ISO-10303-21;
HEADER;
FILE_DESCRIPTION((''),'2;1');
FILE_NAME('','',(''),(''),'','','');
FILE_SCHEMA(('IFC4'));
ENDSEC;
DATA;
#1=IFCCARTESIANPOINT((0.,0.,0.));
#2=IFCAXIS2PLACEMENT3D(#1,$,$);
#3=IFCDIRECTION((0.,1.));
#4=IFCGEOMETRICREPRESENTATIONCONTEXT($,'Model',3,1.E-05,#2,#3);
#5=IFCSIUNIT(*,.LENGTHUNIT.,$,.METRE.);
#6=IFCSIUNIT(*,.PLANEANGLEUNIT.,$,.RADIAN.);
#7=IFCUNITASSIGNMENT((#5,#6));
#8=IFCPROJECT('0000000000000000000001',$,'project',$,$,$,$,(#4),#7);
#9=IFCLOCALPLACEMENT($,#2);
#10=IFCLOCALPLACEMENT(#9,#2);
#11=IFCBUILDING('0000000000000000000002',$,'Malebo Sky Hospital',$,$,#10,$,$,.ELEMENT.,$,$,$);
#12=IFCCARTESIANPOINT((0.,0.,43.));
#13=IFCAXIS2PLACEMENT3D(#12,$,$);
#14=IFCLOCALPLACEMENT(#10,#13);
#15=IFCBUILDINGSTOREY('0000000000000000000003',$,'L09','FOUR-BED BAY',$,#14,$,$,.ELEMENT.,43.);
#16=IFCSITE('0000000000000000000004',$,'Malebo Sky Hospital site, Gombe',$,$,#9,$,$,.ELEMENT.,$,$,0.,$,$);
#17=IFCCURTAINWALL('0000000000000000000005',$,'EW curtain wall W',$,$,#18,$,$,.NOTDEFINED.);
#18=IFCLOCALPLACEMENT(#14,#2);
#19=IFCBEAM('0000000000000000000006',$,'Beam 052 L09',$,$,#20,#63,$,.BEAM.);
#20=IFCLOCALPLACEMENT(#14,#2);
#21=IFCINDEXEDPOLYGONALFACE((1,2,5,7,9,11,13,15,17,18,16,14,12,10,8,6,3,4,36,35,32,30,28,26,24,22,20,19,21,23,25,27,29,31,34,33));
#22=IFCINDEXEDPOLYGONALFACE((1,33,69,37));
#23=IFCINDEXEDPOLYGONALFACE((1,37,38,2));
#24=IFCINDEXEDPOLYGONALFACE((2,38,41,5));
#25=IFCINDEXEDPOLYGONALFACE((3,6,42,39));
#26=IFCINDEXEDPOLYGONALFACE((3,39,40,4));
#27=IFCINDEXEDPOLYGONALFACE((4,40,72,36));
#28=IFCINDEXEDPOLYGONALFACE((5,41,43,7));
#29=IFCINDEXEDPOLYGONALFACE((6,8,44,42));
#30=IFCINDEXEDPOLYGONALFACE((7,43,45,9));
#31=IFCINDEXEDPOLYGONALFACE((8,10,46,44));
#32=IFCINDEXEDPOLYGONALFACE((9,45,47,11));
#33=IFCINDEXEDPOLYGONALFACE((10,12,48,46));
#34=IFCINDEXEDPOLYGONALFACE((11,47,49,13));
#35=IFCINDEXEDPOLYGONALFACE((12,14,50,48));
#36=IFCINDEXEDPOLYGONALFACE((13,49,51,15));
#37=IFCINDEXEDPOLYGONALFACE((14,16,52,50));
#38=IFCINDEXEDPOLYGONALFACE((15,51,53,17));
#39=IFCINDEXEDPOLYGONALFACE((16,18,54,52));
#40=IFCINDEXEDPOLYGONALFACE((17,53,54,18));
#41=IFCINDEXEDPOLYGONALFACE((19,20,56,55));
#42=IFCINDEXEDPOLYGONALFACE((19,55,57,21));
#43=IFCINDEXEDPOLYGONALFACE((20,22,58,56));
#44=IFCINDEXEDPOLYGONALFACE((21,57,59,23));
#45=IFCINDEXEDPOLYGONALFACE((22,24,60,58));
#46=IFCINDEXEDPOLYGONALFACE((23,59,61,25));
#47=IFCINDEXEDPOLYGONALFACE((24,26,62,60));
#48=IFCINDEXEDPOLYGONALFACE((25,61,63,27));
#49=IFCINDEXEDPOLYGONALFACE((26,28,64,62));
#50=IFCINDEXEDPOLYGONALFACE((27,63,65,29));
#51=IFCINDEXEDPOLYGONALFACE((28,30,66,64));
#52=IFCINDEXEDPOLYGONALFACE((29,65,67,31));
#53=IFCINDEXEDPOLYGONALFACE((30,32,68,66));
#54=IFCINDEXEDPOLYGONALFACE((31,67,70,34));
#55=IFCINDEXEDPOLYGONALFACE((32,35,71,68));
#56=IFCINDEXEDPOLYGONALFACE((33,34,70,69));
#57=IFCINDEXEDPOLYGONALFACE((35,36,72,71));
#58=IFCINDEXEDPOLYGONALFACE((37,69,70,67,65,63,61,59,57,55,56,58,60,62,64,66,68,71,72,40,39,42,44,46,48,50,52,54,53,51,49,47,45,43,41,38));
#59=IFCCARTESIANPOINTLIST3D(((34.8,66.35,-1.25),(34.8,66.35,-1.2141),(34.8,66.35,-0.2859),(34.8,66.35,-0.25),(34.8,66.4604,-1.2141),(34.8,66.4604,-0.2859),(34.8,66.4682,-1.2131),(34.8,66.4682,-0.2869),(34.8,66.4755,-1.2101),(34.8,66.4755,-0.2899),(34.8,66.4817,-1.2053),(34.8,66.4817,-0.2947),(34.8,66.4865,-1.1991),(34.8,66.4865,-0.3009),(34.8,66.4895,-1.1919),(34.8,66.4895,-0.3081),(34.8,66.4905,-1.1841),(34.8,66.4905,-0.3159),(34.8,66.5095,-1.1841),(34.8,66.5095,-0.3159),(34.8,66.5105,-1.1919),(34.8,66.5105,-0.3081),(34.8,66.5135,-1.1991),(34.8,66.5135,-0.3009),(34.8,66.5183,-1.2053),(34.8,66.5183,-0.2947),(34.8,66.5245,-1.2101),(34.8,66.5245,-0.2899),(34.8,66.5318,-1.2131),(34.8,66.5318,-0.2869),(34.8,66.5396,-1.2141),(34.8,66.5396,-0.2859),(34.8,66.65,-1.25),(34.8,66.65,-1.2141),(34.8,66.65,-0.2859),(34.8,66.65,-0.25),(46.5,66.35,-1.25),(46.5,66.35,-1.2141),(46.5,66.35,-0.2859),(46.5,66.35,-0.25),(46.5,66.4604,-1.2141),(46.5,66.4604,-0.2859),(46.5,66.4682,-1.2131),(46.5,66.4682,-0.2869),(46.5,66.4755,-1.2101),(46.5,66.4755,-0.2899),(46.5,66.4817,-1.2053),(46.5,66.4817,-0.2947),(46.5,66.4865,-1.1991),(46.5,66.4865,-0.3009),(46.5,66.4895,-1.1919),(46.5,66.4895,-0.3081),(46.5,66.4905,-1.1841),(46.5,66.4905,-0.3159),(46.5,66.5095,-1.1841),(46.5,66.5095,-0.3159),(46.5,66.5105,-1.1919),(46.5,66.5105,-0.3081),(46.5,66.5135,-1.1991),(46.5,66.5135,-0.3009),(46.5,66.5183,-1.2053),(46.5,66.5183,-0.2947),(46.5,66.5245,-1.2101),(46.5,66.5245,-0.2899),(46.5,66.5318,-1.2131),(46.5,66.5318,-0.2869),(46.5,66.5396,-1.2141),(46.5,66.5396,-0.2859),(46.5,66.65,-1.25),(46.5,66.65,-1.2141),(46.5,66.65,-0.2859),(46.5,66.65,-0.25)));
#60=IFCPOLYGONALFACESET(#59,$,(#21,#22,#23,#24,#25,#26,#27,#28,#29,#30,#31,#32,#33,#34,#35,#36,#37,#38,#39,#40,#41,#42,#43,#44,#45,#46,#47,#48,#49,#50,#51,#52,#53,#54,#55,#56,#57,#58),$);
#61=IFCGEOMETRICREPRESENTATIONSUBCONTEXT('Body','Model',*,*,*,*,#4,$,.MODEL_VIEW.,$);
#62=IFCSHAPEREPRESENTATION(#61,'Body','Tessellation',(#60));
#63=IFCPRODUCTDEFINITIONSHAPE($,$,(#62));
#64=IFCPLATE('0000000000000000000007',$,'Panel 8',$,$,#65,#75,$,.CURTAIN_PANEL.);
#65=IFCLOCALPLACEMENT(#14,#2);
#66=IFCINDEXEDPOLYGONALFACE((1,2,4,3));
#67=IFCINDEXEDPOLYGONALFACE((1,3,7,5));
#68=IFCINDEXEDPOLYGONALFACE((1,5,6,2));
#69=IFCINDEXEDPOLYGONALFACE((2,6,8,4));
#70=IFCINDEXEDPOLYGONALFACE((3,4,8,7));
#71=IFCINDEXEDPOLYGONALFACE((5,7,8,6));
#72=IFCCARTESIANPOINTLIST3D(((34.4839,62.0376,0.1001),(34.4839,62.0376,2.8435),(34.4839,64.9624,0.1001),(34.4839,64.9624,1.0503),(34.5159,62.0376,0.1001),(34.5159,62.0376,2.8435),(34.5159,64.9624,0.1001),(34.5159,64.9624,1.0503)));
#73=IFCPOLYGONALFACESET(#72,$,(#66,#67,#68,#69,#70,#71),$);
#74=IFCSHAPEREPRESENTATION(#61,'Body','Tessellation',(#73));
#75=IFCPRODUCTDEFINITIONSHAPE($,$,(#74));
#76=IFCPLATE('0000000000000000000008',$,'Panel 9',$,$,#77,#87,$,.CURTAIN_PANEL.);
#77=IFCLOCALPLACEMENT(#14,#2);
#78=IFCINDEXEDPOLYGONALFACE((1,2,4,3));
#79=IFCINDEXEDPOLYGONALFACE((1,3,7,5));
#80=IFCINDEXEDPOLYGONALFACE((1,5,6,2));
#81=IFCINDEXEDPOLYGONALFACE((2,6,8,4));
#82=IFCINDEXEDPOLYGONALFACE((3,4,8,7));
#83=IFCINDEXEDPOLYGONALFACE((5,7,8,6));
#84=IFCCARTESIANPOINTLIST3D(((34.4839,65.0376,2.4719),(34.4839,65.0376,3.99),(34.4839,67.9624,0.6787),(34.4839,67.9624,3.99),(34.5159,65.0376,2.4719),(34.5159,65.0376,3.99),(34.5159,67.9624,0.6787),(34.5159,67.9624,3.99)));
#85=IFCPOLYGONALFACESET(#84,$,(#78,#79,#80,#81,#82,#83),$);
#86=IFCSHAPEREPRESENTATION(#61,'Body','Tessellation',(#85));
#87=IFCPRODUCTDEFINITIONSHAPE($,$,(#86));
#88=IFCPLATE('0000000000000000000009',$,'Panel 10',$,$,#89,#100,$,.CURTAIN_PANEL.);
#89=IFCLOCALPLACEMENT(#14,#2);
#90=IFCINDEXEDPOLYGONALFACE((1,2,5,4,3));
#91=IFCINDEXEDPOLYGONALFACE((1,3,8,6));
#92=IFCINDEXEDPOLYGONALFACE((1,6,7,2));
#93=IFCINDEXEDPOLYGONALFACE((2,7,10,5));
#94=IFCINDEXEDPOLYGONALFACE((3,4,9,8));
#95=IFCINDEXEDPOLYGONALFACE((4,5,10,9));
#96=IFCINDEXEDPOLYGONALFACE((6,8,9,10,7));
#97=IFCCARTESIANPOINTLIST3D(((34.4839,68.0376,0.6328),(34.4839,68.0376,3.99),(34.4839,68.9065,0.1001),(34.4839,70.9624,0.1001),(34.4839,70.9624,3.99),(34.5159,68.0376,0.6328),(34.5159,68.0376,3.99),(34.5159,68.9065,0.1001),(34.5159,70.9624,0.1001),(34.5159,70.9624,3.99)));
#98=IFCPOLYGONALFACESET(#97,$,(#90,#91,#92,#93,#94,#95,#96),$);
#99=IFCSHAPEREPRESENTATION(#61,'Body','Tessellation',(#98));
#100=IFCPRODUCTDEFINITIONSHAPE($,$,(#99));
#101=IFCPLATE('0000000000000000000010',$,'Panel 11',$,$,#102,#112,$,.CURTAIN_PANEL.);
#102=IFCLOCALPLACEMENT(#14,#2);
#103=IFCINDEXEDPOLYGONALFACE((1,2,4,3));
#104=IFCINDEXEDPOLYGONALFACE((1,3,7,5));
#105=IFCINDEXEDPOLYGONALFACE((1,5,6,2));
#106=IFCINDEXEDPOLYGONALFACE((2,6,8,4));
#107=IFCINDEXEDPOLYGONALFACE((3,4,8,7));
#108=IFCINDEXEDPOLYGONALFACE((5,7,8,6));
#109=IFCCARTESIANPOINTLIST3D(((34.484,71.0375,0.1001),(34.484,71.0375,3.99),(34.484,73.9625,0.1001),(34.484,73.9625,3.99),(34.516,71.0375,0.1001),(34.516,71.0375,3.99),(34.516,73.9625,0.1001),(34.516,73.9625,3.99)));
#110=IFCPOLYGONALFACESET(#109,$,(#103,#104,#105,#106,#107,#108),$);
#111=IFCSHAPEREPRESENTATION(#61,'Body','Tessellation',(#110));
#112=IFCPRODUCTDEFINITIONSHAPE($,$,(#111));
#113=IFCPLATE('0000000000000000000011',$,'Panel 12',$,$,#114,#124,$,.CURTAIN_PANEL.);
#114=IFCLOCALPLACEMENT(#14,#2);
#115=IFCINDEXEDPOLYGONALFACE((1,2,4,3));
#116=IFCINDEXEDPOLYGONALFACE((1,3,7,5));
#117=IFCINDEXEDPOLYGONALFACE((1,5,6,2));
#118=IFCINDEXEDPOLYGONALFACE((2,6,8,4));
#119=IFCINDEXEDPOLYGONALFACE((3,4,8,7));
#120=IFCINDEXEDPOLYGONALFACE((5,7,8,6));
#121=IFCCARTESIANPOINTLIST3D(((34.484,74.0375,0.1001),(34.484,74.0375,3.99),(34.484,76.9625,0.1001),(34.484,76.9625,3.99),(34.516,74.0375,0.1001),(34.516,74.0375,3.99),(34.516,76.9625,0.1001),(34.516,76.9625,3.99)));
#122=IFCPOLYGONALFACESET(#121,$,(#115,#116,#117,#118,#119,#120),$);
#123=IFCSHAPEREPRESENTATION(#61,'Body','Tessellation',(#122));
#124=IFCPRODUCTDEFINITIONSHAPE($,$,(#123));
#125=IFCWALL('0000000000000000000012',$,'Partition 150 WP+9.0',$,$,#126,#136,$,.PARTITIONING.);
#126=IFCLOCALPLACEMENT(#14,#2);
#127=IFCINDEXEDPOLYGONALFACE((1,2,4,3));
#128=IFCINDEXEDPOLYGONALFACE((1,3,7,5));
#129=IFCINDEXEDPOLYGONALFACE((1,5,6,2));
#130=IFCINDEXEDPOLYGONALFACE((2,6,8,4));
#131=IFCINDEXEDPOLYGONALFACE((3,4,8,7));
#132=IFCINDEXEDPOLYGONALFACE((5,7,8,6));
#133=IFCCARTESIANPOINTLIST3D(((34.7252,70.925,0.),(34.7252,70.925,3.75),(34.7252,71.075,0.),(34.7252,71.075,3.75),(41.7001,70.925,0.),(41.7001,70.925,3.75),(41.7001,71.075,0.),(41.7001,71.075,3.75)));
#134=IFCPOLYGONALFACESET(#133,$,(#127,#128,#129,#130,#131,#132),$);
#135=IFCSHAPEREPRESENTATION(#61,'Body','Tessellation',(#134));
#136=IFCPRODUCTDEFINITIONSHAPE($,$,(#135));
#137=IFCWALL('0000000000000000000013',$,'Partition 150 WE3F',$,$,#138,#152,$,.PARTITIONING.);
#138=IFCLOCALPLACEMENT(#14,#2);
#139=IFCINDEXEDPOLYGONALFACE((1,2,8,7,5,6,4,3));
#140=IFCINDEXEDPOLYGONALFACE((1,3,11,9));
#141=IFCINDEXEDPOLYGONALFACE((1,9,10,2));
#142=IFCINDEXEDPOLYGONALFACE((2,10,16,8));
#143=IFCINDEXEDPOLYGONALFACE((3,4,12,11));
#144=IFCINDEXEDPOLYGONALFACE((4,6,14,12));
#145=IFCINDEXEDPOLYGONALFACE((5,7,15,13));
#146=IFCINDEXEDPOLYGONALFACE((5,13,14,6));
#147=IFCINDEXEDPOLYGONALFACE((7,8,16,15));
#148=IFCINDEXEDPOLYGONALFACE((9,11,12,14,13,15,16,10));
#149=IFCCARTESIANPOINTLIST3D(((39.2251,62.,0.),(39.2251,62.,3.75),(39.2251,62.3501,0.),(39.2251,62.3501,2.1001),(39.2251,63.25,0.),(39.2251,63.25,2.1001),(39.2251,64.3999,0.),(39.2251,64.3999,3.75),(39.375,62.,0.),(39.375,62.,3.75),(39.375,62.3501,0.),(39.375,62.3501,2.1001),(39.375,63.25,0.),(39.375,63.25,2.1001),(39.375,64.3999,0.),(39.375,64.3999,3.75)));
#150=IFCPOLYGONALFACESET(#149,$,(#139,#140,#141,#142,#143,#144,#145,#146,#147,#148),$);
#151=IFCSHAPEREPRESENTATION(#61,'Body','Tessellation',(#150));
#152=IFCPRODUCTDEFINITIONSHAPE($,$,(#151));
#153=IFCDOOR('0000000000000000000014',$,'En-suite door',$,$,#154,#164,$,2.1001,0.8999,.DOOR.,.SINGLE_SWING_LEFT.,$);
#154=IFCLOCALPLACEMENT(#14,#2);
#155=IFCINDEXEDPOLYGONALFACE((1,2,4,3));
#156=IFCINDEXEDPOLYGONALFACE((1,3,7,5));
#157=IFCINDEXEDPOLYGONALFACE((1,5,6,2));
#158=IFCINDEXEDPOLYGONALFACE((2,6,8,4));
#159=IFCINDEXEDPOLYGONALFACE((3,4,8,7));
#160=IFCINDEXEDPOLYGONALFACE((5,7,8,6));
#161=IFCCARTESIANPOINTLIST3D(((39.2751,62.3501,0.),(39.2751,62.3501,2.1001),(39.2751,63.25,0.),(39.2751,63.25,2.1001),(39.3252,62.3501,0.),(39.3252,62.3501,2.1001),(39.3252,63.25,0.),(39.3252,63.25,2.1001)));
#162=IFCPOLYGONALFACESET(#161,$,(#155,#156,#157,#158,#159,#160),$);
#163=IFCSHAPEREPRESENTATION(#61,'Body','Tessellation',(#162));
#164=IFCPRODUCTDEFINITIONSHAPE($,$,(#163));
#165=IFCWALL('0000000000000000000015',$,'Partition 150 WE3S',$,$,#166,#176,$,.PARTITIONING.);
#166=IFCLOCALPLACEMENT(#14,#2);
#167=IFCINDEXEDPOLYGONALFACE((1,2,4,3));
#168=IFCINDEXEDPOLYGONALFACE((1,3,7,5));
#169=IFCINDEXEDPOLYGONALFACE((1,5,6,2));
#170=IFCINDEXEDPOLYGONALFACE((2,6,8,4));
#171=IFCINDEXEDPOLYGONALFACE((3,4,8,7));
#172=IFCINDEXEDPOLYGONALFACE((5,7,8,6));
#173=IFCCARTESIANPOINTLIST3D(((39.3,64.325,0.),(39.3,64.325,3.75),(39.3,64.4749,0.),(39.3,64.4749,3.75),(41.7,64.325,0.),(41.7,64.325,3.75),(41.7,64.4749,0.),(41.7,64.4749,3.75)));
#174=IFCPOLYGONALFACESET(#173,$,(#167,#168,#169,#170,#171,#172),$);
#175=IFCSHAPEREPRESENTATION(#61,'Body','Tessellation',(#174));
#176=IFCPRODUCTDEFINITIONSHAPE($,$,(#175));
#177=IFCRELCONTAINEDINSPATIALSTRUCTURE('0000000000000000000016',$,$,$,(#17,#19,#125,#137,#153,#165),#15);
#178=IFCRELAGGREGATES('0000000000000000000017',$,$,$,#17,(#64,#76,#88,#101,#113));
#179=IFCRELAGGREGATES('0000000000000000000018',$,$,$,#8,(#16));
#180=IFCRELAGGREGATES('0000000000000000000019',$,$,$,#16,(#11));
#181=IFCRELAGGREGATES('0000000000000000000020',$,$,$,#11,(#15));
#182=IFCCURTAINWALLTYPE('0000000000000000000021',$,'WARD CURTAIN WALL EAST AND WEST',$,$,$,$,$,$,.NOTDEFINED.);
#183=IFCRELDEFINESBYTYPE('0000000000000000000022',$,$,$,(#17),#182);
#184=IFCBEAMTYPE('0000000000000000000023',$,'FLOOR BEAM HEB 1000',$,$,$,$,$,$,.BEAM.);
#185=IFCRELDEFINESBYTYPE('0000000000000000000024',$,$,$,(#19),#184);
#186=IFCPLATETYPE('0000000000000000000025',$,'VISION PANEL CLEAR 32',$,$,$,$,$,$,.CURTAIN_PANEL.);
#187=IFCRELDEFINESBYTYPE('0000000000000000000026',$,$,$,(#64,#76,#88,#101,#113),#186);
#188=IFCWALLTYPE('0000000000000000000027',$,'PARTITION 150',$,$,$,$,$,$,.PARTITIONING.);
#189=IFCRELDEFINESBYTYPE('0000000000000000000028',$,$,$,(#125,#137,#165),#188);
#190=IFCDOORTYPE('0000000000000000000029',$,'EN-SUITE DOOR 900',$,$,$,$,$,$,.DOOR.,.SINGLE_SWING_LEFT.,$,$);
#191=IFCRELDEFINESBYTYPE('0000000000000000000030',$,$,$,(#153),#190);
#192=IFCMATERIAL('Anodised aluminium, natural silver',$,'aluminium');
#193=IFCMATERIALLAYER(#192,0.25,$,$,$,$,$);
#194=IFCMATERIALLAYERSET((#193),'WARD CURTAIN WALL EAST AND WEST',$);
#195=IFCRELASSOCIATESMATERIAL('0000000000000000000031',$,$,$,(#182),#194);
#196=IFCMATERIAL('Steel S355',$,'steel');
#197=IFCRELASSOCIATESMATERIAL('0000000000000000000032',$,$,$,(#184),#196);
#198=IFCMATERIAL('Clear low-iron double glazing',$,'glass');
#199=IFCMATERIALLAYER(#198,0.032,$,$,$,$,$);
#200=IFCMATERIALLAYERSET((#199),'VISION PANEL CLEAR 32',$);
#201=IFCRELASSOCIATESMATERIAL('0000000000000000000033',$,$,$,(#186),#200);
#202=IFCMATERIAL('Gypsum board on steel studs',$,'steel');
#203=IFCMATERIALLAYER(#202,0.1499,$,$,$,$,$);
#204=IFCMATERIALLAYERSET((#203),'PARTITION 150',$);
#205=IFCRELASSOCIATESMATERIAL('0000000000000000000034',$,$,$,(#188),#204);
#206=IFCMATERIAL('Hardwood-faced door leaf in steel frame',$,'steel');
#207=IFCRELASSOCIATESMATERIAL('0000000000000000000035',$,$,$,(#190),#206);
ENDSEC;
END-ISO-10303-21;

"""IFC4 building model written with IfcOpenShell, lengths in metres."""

from ifc_helpers import new_model, si_unit, direction, frame, frame_2d, origin, origin_2d, place, context, subcontext, project, spatial, polyline, rectangle, i_section, outline, extrude, material, layer, layer_set, material_profile, profile_set, type_object, element, fill, aggregate, save


model = new_model("IFC4")

# Units and contexts
model_context = context("Model", 3, precision=1e-05, world=origin(), true_north=direction((0.0, 1.0)))
body_context = subcontext(model_context, "Body", "Model", "MODEL_VIEW")
ifc_project = project(units=[si_unit("LENGTHUNIT", "METRE"), si_unit("PLANEANGLEUNIT", "RADIAN")], contexts=[model_context])

# Site, building, storey
site_placement = place(None, origin())
site = spatial("IfcSite", under=ifc_project, at=site_placement, Name="Malebo Sky Hospital site, Gombe", CompositionType="ELEMENT", RefElevation=0.0)
building_placement = place(site_placement, origin())
building = spatial("IfcBuilding", under=site, at=building_placement, Name="Malebo Sky Hospital", CompositionType="ELEMENT")
storey_placement = place(building_placement, frame((0.0, 0.0, 43.0)))
storey = spatial("IfcBuildingStorey", under=building, at=storey_placement, Name="L09", Description="FOUR-BED BAY", CompositionType="ELEMENT", Elevation=43.0)

# Curtain wall
ifc_material_1 = material(Name="Anodised aluminium, natural silver", Category="aluminium")
ifc_layer_1 = layer(ifc_material_1, 0.25)
ifc_layer_set_1 = layer_set([ifc_layer_1], Name="WARD CURTAIN WALL EAST AND WEST")
curtain_wall_type = type_object("IfcCurtainWallType", Name="WARD CURTAIN WALL EAST AND WEST", PredefinedType="NOTDEFINED", material=ifc_layer_set_1)
curtain_wall_placement = place(storey_placement, origin())
curtain_wall = element("IfcCurtainWall", 1, at=curtain_wall_placement, inside=storey, type_object=curtain_wall_type, Name="EW curtain wall W", PredefinedType="NOTDEFINED")

# Shared definitions
ifc_material_2 = material(Name="Steel S355", Category="steel")

# Beam
ifc_material_profile_1 = material_profile(ifc_material_2, i_section(OverallWidth=0.3, OverallDepth=1.0, WebThickness=0.019, FlangeThickness=0.0359, FilletRadius=0.03, at=origin_2d()), Name="HEB 1000")
ifc_profile_set_1 = profile_set([ifc_material_profile_1], Name="Steel S355")
beam_type_1 = type_object("IfcBeamType", Name="FLOOR BEAM HEB 1000", PredefinedType="BEAM", material=ifc_profile_set_1)
beam_1_placement = place(storey_placement, frame((34.8, 66.5, -0.75), z_axis=(1.0, 0.0, 0.0), x_axis=(0.0, 1.0, 0.0)))
element("IfcBeam", 2, at=beam_1_placement, inside=storey, type_object=beam_type_1, Name="Beam 052 L09", PredefinedType="BEAM", context=body_context, shape_type="SweptSolid", body=[
    extrude(i_section(OverallWidth=0.3, OverallDepth=1.0, WebThickness=0.019, FlangeThickness=0.0359, FilletRadius=0.03, at=origin_2d()), origin(), (0.0, 0.0, 1.0), 11.7),
])

# Plates
ifc_material_3 = material(Name="Clear low-iron double glazing", Category="glass")
ifc_layer_2 = layer(ifc_material_3, 0.032)
ifc_layer_set_2 = layer_set([ifc_layer_2], Name="VISION PANEL CLEAR 32")
plate_type = type_object("IfcPlateType", Name="VISION PANEL CLEAR 32", PredefinedType="CURTAIN_PANEL", material=ifc_layer_set_2)
plate_1_placement = place(storey_placement, frame((34.5, 63.5, 0.1001), z_axis=(0.0, 0.0, 1.0), x_axis=(0.0, 1.0, 0.0)))
plate_1 = element("IfcPlate", 3, at=plate_1_placement, type_object=plate_type, Name="Panel 8", PredefinedType="CURTAIN_PANEL", context=body_context, shape_type="SweptSolid", body=[
    extrude(outline(polyline([(-1.4624, 0.0), (1.4624, 0.0), (1.4624, 0.9502), (-1.4624, 2.7434), (-1.4624, 0.0)])), frame((0.0, 0.0161, 0.0), z_axis=(0.0, -1.0, 0.0), x_axis=(1.0, 0.0, 0.0)), (0.0, 0.0, 1.0), 0.032),
])
plate_2_placement = place(storey_placement, frame((34.5, 66.5, 0.6787), z_axis=(0.0, 0.0, 1.0), x_axis=(0.0, 1.0, 0.0)))
plate_2 = element("IfcPlate", 4, at=plate_2_placement, type_object=plate_type, Name="Panel 9", PredefinedType="CURTAIN_PANEL", context=body_context, shape_type="SweptSolid", body=[
    extrude(outline(polyline([(1.4624, 0.0), (1.4624, 3.3113), (-1.4624, 3.3113), (-1.4624, 1.7932), (1.4624, 0.0)])), frame((0.0, 0.0161, 0.0), z_axis=(0.0, -1.0, 0.0), x_axis=(1.0, 0.0, 0.0)), (0.0, 0.0, 1.0), 0.032),
])
plate_3_placement = place(storey_placement, frame((34.5, 69.5, 0.1001), z_axis=(0.0, 0.0, 1.0), x_axis=(0.0, 1.0, 0.0)))
plate_3 = element("IfcPlate", 5, at=plate_3_placement, type_object=plate_type, Name="Panel 10", PredefinedType="CURTAIN_PANEL", context=body_context, shape_type="SweptSolid", body=[
    extrude(outline(polyline([(-0.5935, 0.0), (1.4624, 0.0), (1.4624, 3.8899), (-1.4624, 3.8899), (-1.4624, 0.5327), (-0.5935, 0.0)])), frame((0.0, 0.0161, 0.0), z_axis=(0.0, -1.0, 0.0), x_axis=(1.0, 0.0, 0.0)), (0.0, 0.0, 1.0), 0.032),
])
plate_4_placement = place(storey_placement, frame((34.5, 72.5, 0.1001), z_axis=(0.0, 0.0, 1.0), x_axis=(0.0, 1.0, 0.0)))
plate_4 = element("IfcPlate", 6, at=plate_4_placement, type_object=plate_type, Name="Panel 11", PredefinedType="CURTAIN_PANEL", context=body_context, shape_type="SweptSolid", body=[
    extrude(rectangle(XDim=2.925, YDim=0.032, at=origin_2d()), origin(), (0.0, 0.0, 1.0), 3.8899),
])
plate_5_placement = place(storey_placement, frame((34.5, 75.5, 0.1001), z_axis=(0.0, 0.0, 1.0), x_axis=(0.0, 1.0, 0.0)))
plate_5 = element("IfcPlate", 7, at=plate_5_placement, type_object=plate_type, Name="Panel 12", PredefinedType="CURTAIN_PANEL", context=body_context, shape_type="SweptSolid", body=[
    extrude(rectangle(XDim=2.925, YDim=0.032, at=origin_2d()), origin(), (0.0, 0.0, 1.0), 3.8899),
])
aggregate(curtain_wall, [plate_1, plate_2, plate_3, plate_4, plate_5])

# Wall
ifc_material_4 = material(Name="Gypsum board on steel studs", Category="steel")
ifc_layer_3 = layer(ifc_material_4, 0.1499)
ifc_layer_set_3 = layer_set([ifc_layer_3], Name="PARTITION 150")
wall_type_1 = type_object("IfcWallType", Name="PARTITION 150", PredefinedType="PARTITIONING", material=ifc_layer_set_3)
wall_1_placement = place(storey_placement, frame((41.7, 71.0, 0.0), z_axis=(0.0, 0.0, 1.0), x_axis=(-1.0, 0.0, 0.0)))
element("IfcWall", 8, at=wall_1_placement, inside=storey, type_object=wall_type_1, Name="Partition 150 WP+9.0", PredefinedType="PARTITIONING", context=body_context, shape_type="SweptSolid", body=[
    extrude(rectangle(XDim=6.9749, YDim=0.1499, at=frame_2d((3.4873, 0.0))), origin(), (0.0, 0.0, 1.0), 3.75),
])

# Wall, opening, door
wall_2_placement = place(storey_placement, frame((39.3, 62.0, 0.0), z_axis=(0.0, 0.0, 1.0), x_axis=(0.0, 1.0, 0.0)))
wall_2 = element("IfcWall", 9, at=wall_2_placement, inside=storey, type_object=wall_type_1, Name="Partition 150 WE3F", PredefinedType="PARTITIONING", context=body_context, shape_type="SweptSolid", body=[
    extrude(rectangle(XDim=2.3999, YDim=0.1499, at=frame_2d((1.2, 0.0))), origin(), (0.0, 0.0, 1.0), 3.75),
])
opening_1_placement = place(wall_2_placement, frame((0.3501, 0.0, 0.0)))
opening_1 = element("IfcOpeningElement", 10, at=opening_1_placement, cuts=wall_2, PredefinedType="OPENING", context=body_context, shape_type="SweptSolid", body=[
    extrude(rectangle(XDim=0.8999, YDim=2.1001, at=frame_2d((0.45, 1.05))), frame((0.0, 0.085, 0.0), z_axis=(0.0, -1.0, 0.0), x_axis=(1.0, 0.0, 0.0)), (0.0, 0.0, 1.0), 0.1699),
])
ifc_material_5 = material(Name="Hardwood-faced door leaf in steel frame", Category="steel")
door_type = type_object("IfcDoorType", Name="EN-SUITE DOOR 900", OperationType="SINGLE_SWING_LEFT", PredefinedType="DOOR", material=ifc_material_5)
door_1_placement = place(opening_1_placement, origin())
door_1 = element("IfcDoor", 11, at=door_1_placement, inside=storey, type_object=door_type, Name="En-suite door", OperationType="SINGLE_SWING_LEFT", OverallHeight=2.1001, OverallWidth=0.8999, PredefinedType="DOOR", context=body_context, shape_type="SweptSolid", body=[
    extrude(rectangle(XDim=0.8999, YDim=2.1001, at=frame_2d((0.45, 1.05))), frame((0.0, 0.0249, 0.0), z_axis=(0.0, -1.0, 0.0), x_axis=(1.0, 0.0, 0.0)), (0.0, 0.0, 1.0), 0.05),
])
fill(opening_1, door_1)

# Wall
wall_3_placement = place(storey_placement, frame((41.7, 64.3999, 0.0), z_axis=(0.0, 0.0, 1.0), x_axis=(-1.0, 0.0, 0.0)))
element("IfcWall", 12, at=wall_3_placement, inside=storey, type_object=wall_type_1, Name="Partition 150 WE3S", PredefinedType="PARTITIONING", context=body_context, shape_type="SweptSolid", body=[
    extrude(rectangle(XDim=2.3999, YDim=0.1499, at=frame_2d((1.2, 0.0))), origin(), (0.0, 0.0, 1.0), 3.75),
])

save(model, "model.ifc")
